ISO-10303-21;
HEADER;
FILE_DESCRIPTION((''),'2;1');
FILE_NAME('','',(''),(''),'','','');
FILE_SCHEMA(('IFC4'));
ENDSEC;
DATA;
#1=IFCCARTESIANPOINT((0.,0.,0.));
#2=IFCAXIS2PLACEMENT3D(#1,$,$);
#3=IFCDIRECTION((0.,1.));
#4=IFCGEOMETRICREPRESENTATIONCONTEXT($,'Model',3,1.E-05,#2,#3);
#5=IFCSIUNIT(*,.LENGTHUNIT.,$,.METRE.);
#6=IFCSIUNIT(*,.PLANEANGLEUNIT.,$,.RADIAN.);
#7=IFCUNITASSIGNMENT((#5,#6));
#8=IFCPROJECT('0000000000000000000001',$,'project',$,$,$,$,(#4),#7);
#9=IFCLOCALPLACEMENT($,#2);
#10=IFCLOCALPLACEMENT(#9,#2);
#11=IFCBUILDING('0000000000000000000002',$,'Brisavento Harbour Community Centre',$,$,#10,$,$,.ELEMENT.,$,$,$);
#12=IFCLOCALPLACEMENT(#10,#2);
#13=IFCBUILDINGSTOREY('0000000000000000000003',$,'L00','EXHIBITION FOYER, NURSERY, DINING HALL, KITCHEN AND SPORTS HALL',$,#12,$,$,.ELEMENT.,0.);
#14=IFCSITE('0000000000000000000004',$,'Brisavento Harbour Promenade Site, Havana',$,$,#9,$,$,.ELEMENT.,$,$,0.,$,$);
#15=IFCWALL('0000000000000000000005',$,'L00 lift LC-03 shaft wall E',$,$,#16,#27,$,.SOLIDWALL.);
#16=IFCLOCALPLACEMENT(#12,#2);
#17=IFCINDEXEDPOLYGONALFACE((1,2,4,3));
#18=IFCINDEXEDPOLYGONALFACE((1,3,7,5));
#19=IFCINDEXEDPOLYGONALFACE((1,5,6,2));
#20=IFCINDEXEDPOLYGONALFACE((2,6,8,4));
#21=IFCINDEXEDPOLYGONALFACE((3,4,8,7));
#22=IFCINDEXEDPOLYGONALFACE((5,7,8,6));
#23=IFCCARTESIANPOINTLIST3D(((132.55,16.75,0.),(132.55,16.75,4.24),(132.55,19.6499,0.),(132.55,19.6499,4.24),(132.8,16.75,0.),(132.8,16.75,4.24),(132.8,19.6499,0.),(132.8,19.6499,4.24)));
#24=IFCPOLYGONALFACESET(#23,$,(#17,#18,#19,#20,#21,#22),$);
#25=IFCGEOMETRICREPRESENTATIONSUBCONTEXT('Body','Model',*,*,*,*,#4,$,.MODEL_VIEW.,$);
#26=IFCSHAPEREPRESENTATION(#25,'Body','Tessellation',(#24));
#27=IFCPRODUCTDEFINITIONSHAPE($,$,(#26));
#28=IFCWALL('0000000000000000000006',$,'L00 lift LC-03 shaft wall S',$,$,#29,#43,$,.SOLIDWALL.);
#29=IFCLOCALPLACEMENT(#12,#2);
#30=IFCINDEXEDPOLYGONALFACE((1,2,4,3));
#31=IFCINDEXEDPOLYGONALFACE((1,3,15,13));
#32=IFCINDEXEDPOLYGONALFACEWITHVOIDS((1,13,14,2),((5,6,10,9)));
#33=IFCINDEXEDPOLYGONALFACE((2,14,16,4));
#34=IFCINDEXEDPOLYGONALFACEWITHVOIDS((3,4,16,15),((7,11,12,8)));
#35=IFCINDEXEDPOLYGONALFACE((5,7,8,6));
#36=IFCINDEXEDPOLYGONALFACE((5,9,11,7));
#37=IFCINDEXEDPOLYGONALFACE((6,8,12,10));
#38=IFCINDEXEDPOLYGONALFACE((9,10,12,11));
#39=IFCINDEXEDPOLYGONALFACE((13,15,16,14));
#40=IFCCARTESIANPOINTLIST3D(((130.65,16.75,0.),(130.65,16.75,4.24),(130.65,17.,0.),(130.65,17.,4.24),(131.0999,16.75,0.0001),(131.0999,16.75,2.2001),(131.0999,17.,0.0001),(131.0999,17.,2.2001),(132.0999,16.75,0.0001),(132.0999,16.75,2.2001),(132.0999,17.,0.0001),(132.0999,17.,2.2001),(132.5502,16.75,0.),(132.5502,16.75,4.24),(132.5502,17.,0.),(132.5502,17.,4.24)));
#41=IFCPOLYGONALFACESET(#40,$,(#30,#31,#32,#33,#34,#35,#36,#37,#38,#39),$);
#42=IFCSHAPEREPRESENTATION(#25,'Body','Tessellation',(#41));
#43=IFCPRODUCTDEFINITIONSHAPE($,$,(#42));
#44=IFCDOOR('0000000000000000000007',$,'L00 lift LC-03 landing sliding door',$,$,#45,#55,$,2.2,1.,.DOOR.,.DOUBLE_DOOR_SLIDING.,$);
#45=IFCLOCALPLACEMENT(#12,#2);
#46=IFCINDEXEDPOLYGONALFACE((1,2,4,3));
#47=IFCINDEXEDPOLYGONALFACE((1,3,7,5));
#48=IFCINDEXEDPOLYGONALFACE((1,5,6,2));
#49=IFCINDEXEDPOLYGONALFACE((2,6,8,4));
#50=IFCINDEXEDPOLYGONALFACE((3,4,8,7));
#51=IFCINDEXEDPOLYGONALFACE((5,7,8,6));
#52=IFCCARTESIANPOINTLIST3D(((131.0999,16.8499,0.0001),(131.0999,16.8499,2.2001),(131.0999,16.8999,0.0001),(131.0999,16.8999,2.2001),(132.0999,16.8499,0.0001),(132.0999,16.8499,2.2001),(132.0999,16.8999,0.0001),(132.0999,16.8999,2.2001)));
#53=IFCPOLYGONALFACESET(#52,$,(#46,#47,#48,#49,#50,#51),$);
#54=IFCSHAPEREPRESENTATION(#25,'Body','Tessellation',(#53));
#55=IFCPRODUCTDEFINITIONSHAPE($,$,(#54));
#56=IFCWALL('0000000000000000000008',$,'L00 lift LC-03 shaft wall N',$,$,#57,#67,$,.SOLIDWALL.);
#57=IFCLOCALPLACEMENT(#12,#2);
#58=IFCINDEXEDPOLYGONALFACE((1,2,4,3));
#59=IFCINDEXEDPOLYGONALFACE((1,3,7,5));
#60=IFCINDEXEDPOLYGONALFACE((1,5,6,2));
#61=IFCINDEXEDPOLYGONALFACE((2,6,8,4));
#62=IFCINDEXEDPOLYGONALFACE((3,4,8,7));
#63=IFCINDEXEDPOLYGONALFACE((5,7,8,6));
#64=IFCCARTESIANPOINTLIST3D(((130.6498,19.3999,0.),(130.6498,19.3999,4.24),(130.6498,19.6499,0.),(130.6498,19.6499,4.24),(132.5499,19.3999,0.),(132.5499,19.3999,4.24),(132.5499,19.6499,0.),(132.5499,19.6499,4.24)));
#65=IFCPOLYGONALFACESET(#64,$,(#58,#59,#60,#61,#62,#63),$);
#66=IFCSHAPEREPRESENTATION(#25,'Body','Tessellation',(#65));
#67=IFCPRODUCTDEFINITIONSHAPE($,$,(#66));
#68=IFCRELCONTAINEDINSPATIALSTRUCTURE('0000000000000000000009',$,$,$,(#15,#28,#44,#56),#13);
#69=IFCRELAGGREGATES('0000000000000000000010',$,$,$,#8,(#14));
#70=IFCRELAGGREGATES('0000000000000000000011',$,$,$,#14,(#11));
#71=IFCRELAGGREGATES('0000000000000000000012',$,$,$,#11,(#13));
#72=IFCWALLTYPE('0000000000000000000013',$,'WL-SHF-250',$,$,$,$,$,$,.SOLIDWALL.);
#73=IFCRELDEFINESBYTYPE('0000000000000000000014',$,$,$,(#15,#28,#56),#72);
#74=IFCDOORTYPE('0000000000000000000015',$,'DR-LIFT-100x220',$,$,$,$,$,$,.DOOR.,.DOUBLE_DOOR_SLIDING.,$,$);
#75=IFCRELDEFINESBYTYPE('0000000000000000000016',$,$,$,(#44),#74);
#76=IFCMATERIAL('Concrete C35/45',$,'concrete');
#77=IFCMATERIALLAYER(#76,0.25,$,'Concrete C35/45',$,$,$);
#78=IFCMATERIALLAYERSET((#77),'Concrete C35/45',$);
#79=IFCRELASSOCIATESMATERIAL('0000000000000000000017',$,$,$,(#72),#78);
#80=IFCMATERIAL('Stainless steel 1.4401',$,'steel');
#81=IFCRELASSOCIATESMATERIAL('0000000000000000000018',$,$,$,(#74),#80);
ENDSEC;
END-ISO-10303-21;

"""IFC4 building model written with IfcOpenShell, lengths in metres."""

from ifc_helpers import new_model, si_unit, direction, frame, frame_2d, origin, place, context, subcontext, project, spatial, rectangle, extrude, material, layer, layer_set, type_object, element, fill, save


model = new_model("IFC4")

# Units and contexts
model_context = context("Model", 3, precision=1e-05, world=origin(), true_north=direction((0.0, 1.0)))
body_context = subcontext(model_context, "Body", "Model", "MODEL_VIEW")
ifc_project = project(units=[si_unit("LENGTHUNIT", "METRE"), si_unit("PLANEANGLEUNIT", "RADIAN")], contexts=[model_context])

# Site, building, storey
site_placement = place(None, origin())
site = spatial("IfcSite", under=ifc_project, at=site_placement, Name="Brisavento Harbour Promenade Site, Havana", CompositionType="ELEMENT", RefElevation=0.0)
building_placement = place(site_placement, origin())
building = spatial("IfcBuilding", under=site, at=building_placement, Name="Brisavento Harbour Community Centre", CompositionType="ELEMENT")
storey_placement = place(building_placement, origin())
storey = spatial("IfcBuildingStorey", under=building, at=storey_placement, Name="L00", Description="EXHIBITION FOYER, NURSERY, DINING HALL, KITCHEN AND SPORTS HALL", CompositionType="ELEMENT", Elevation=0.0)

# Shared definitions
ifc_material_1 = material(Name="Concrete C35/45", Category="concrete")

# Shared definitions
ifc_layer_1 = layer(ifc_material_1, 0.25, Name="Concrete C35/45")
ifc_layer_set_1 = layer_set([ifc_layer_1], Name="Concrete C35/45")
wall_type_1 = type_object("IfcWallType", Name="WL-SHF-250", PredefinedType="SOLIDWALL", material=ifc_layer_set_1)

# Shared definitions
ifc_material_2 = material(Name="Stainless steel 1.4401", Category="steel")
door_type_1 = type_object("IfcDoorType", Name="DR-LIFT-100x220", OperationType="DOUBLE_DOOR_SLIDING", PredefinedType="DOOR", material=ifc_material_2)

# Wall
for number, where, z_axis, x_axis, name in (
    (1, (132.675, 19.6499, 0.0), (0.0, 0.0, 1.0), (0.0, -1.0, 0.0), "L00 lift LC-03 shaft wall E"),
):
    element("IfcWall", number, at=place(storey_placement, frame(where, z_axis=z_axis, x_axis=x_axis)), inside=storey, type_object=wall_type_1, Name=name, PredefinedType="SOLIDWALL", context=body_context, shape_type="SweptSolid", body=[
        extrude(rectangle(XDim=2.8999, YDim=0.25, at=frame_2d((1.45, 0.0))), origin(), (0.0, 0.0, 1.0), 4.24),
    ])

# Wall, opening, door
wall_1_placement = place(storey_placement, frame((130.6499, 16.875, 0.0), z_axis=(0.0, 0.0, 1.0), x_axis=(1.0, 0.0, 0.0)))
wall_1 = element("IfcWall", 2, at=wall_1_placement, inside=storey, type_object=wall_type_1, Name="L00 lift LC-03 shaft wall S", PredefinedType="SOLIDWALL", context=body_context, shape_type="SweptSolid", body=[
    extrude(rectangle(XDim=1.9001, YDim=0.25, at=frame_2d((0.9502, 0.0))), origin(), (0.0, 0.0, 1.0), 4.24),
])
opening_1_placement = place(wall_1_placement, frame((0.45, 0.0, 0.0)))
opening_1 = element("IfcOpeningElement", 3, at=opening_1_placement, cuts=wall_1, PredefinedType="OPENING", context=body_context, shape_type="SweptSolid", body=[
    extrude(rectangle(XDim=1.0, YDim=2.2, at=frame_2d((0.5, 1.1001))), frame((0.0, 0.135, 0.0), z_axis=(0.0, -1.0, 0.0), x_axis=(1.0, 0.0, 0.0)), (0.0, 0.0, 1.0), 0.27),
])
door_1_placement = place(opening_1_placement, origin())
door_1 = element("IfcDoor", 4, at=door_1_placement, inside=storey, type_object=door_type_1, Name="L00 lift LC-03 landing sliding door", OperationType="DOUBLE_DOOR_SLIDING", OverallHeight=2.2, OverallWidth=1.0, PredefinedType="DOOR", context=body_context, shape_type="SweptSolid", body=[
    extrude(rectangle(XDim=1.0, YDim=2.2, at=frame_2d((0.5, 1.1001))), frame((0.0, 0.0249, 0.0), z_axis=(0.0, -1.0, 0.0), x_axis=(1.0, 0.0, 0.0)), (0.0, 0.0, 1.0), 0.05),
])
fill(opening_1, door_1)

# Wall
wall_2_placement = place(storey_placement, frame((132.55, 19.5249, 0.0), z_axis=(0.0, 0.0, 1.0), x_axis=(-1.0, 0.0, 0.0)))
element("IfcWall", 5, at=wall_2_placement, inside=storey, type_object=wall_type_1, Name="L00 lift LC-03 shaft wall N", PredefinedType="SOLIDWALL", context=body_context, shape_type="SweptSolid", body=[
    extrude(rectangle(XDim=1.9001, YDim=0.25, at=frame_2d((0.9502, 0.0))), origin(), (0.0, 0.0, 1.0), 4.24),
])

save(model, "model.ifc")
